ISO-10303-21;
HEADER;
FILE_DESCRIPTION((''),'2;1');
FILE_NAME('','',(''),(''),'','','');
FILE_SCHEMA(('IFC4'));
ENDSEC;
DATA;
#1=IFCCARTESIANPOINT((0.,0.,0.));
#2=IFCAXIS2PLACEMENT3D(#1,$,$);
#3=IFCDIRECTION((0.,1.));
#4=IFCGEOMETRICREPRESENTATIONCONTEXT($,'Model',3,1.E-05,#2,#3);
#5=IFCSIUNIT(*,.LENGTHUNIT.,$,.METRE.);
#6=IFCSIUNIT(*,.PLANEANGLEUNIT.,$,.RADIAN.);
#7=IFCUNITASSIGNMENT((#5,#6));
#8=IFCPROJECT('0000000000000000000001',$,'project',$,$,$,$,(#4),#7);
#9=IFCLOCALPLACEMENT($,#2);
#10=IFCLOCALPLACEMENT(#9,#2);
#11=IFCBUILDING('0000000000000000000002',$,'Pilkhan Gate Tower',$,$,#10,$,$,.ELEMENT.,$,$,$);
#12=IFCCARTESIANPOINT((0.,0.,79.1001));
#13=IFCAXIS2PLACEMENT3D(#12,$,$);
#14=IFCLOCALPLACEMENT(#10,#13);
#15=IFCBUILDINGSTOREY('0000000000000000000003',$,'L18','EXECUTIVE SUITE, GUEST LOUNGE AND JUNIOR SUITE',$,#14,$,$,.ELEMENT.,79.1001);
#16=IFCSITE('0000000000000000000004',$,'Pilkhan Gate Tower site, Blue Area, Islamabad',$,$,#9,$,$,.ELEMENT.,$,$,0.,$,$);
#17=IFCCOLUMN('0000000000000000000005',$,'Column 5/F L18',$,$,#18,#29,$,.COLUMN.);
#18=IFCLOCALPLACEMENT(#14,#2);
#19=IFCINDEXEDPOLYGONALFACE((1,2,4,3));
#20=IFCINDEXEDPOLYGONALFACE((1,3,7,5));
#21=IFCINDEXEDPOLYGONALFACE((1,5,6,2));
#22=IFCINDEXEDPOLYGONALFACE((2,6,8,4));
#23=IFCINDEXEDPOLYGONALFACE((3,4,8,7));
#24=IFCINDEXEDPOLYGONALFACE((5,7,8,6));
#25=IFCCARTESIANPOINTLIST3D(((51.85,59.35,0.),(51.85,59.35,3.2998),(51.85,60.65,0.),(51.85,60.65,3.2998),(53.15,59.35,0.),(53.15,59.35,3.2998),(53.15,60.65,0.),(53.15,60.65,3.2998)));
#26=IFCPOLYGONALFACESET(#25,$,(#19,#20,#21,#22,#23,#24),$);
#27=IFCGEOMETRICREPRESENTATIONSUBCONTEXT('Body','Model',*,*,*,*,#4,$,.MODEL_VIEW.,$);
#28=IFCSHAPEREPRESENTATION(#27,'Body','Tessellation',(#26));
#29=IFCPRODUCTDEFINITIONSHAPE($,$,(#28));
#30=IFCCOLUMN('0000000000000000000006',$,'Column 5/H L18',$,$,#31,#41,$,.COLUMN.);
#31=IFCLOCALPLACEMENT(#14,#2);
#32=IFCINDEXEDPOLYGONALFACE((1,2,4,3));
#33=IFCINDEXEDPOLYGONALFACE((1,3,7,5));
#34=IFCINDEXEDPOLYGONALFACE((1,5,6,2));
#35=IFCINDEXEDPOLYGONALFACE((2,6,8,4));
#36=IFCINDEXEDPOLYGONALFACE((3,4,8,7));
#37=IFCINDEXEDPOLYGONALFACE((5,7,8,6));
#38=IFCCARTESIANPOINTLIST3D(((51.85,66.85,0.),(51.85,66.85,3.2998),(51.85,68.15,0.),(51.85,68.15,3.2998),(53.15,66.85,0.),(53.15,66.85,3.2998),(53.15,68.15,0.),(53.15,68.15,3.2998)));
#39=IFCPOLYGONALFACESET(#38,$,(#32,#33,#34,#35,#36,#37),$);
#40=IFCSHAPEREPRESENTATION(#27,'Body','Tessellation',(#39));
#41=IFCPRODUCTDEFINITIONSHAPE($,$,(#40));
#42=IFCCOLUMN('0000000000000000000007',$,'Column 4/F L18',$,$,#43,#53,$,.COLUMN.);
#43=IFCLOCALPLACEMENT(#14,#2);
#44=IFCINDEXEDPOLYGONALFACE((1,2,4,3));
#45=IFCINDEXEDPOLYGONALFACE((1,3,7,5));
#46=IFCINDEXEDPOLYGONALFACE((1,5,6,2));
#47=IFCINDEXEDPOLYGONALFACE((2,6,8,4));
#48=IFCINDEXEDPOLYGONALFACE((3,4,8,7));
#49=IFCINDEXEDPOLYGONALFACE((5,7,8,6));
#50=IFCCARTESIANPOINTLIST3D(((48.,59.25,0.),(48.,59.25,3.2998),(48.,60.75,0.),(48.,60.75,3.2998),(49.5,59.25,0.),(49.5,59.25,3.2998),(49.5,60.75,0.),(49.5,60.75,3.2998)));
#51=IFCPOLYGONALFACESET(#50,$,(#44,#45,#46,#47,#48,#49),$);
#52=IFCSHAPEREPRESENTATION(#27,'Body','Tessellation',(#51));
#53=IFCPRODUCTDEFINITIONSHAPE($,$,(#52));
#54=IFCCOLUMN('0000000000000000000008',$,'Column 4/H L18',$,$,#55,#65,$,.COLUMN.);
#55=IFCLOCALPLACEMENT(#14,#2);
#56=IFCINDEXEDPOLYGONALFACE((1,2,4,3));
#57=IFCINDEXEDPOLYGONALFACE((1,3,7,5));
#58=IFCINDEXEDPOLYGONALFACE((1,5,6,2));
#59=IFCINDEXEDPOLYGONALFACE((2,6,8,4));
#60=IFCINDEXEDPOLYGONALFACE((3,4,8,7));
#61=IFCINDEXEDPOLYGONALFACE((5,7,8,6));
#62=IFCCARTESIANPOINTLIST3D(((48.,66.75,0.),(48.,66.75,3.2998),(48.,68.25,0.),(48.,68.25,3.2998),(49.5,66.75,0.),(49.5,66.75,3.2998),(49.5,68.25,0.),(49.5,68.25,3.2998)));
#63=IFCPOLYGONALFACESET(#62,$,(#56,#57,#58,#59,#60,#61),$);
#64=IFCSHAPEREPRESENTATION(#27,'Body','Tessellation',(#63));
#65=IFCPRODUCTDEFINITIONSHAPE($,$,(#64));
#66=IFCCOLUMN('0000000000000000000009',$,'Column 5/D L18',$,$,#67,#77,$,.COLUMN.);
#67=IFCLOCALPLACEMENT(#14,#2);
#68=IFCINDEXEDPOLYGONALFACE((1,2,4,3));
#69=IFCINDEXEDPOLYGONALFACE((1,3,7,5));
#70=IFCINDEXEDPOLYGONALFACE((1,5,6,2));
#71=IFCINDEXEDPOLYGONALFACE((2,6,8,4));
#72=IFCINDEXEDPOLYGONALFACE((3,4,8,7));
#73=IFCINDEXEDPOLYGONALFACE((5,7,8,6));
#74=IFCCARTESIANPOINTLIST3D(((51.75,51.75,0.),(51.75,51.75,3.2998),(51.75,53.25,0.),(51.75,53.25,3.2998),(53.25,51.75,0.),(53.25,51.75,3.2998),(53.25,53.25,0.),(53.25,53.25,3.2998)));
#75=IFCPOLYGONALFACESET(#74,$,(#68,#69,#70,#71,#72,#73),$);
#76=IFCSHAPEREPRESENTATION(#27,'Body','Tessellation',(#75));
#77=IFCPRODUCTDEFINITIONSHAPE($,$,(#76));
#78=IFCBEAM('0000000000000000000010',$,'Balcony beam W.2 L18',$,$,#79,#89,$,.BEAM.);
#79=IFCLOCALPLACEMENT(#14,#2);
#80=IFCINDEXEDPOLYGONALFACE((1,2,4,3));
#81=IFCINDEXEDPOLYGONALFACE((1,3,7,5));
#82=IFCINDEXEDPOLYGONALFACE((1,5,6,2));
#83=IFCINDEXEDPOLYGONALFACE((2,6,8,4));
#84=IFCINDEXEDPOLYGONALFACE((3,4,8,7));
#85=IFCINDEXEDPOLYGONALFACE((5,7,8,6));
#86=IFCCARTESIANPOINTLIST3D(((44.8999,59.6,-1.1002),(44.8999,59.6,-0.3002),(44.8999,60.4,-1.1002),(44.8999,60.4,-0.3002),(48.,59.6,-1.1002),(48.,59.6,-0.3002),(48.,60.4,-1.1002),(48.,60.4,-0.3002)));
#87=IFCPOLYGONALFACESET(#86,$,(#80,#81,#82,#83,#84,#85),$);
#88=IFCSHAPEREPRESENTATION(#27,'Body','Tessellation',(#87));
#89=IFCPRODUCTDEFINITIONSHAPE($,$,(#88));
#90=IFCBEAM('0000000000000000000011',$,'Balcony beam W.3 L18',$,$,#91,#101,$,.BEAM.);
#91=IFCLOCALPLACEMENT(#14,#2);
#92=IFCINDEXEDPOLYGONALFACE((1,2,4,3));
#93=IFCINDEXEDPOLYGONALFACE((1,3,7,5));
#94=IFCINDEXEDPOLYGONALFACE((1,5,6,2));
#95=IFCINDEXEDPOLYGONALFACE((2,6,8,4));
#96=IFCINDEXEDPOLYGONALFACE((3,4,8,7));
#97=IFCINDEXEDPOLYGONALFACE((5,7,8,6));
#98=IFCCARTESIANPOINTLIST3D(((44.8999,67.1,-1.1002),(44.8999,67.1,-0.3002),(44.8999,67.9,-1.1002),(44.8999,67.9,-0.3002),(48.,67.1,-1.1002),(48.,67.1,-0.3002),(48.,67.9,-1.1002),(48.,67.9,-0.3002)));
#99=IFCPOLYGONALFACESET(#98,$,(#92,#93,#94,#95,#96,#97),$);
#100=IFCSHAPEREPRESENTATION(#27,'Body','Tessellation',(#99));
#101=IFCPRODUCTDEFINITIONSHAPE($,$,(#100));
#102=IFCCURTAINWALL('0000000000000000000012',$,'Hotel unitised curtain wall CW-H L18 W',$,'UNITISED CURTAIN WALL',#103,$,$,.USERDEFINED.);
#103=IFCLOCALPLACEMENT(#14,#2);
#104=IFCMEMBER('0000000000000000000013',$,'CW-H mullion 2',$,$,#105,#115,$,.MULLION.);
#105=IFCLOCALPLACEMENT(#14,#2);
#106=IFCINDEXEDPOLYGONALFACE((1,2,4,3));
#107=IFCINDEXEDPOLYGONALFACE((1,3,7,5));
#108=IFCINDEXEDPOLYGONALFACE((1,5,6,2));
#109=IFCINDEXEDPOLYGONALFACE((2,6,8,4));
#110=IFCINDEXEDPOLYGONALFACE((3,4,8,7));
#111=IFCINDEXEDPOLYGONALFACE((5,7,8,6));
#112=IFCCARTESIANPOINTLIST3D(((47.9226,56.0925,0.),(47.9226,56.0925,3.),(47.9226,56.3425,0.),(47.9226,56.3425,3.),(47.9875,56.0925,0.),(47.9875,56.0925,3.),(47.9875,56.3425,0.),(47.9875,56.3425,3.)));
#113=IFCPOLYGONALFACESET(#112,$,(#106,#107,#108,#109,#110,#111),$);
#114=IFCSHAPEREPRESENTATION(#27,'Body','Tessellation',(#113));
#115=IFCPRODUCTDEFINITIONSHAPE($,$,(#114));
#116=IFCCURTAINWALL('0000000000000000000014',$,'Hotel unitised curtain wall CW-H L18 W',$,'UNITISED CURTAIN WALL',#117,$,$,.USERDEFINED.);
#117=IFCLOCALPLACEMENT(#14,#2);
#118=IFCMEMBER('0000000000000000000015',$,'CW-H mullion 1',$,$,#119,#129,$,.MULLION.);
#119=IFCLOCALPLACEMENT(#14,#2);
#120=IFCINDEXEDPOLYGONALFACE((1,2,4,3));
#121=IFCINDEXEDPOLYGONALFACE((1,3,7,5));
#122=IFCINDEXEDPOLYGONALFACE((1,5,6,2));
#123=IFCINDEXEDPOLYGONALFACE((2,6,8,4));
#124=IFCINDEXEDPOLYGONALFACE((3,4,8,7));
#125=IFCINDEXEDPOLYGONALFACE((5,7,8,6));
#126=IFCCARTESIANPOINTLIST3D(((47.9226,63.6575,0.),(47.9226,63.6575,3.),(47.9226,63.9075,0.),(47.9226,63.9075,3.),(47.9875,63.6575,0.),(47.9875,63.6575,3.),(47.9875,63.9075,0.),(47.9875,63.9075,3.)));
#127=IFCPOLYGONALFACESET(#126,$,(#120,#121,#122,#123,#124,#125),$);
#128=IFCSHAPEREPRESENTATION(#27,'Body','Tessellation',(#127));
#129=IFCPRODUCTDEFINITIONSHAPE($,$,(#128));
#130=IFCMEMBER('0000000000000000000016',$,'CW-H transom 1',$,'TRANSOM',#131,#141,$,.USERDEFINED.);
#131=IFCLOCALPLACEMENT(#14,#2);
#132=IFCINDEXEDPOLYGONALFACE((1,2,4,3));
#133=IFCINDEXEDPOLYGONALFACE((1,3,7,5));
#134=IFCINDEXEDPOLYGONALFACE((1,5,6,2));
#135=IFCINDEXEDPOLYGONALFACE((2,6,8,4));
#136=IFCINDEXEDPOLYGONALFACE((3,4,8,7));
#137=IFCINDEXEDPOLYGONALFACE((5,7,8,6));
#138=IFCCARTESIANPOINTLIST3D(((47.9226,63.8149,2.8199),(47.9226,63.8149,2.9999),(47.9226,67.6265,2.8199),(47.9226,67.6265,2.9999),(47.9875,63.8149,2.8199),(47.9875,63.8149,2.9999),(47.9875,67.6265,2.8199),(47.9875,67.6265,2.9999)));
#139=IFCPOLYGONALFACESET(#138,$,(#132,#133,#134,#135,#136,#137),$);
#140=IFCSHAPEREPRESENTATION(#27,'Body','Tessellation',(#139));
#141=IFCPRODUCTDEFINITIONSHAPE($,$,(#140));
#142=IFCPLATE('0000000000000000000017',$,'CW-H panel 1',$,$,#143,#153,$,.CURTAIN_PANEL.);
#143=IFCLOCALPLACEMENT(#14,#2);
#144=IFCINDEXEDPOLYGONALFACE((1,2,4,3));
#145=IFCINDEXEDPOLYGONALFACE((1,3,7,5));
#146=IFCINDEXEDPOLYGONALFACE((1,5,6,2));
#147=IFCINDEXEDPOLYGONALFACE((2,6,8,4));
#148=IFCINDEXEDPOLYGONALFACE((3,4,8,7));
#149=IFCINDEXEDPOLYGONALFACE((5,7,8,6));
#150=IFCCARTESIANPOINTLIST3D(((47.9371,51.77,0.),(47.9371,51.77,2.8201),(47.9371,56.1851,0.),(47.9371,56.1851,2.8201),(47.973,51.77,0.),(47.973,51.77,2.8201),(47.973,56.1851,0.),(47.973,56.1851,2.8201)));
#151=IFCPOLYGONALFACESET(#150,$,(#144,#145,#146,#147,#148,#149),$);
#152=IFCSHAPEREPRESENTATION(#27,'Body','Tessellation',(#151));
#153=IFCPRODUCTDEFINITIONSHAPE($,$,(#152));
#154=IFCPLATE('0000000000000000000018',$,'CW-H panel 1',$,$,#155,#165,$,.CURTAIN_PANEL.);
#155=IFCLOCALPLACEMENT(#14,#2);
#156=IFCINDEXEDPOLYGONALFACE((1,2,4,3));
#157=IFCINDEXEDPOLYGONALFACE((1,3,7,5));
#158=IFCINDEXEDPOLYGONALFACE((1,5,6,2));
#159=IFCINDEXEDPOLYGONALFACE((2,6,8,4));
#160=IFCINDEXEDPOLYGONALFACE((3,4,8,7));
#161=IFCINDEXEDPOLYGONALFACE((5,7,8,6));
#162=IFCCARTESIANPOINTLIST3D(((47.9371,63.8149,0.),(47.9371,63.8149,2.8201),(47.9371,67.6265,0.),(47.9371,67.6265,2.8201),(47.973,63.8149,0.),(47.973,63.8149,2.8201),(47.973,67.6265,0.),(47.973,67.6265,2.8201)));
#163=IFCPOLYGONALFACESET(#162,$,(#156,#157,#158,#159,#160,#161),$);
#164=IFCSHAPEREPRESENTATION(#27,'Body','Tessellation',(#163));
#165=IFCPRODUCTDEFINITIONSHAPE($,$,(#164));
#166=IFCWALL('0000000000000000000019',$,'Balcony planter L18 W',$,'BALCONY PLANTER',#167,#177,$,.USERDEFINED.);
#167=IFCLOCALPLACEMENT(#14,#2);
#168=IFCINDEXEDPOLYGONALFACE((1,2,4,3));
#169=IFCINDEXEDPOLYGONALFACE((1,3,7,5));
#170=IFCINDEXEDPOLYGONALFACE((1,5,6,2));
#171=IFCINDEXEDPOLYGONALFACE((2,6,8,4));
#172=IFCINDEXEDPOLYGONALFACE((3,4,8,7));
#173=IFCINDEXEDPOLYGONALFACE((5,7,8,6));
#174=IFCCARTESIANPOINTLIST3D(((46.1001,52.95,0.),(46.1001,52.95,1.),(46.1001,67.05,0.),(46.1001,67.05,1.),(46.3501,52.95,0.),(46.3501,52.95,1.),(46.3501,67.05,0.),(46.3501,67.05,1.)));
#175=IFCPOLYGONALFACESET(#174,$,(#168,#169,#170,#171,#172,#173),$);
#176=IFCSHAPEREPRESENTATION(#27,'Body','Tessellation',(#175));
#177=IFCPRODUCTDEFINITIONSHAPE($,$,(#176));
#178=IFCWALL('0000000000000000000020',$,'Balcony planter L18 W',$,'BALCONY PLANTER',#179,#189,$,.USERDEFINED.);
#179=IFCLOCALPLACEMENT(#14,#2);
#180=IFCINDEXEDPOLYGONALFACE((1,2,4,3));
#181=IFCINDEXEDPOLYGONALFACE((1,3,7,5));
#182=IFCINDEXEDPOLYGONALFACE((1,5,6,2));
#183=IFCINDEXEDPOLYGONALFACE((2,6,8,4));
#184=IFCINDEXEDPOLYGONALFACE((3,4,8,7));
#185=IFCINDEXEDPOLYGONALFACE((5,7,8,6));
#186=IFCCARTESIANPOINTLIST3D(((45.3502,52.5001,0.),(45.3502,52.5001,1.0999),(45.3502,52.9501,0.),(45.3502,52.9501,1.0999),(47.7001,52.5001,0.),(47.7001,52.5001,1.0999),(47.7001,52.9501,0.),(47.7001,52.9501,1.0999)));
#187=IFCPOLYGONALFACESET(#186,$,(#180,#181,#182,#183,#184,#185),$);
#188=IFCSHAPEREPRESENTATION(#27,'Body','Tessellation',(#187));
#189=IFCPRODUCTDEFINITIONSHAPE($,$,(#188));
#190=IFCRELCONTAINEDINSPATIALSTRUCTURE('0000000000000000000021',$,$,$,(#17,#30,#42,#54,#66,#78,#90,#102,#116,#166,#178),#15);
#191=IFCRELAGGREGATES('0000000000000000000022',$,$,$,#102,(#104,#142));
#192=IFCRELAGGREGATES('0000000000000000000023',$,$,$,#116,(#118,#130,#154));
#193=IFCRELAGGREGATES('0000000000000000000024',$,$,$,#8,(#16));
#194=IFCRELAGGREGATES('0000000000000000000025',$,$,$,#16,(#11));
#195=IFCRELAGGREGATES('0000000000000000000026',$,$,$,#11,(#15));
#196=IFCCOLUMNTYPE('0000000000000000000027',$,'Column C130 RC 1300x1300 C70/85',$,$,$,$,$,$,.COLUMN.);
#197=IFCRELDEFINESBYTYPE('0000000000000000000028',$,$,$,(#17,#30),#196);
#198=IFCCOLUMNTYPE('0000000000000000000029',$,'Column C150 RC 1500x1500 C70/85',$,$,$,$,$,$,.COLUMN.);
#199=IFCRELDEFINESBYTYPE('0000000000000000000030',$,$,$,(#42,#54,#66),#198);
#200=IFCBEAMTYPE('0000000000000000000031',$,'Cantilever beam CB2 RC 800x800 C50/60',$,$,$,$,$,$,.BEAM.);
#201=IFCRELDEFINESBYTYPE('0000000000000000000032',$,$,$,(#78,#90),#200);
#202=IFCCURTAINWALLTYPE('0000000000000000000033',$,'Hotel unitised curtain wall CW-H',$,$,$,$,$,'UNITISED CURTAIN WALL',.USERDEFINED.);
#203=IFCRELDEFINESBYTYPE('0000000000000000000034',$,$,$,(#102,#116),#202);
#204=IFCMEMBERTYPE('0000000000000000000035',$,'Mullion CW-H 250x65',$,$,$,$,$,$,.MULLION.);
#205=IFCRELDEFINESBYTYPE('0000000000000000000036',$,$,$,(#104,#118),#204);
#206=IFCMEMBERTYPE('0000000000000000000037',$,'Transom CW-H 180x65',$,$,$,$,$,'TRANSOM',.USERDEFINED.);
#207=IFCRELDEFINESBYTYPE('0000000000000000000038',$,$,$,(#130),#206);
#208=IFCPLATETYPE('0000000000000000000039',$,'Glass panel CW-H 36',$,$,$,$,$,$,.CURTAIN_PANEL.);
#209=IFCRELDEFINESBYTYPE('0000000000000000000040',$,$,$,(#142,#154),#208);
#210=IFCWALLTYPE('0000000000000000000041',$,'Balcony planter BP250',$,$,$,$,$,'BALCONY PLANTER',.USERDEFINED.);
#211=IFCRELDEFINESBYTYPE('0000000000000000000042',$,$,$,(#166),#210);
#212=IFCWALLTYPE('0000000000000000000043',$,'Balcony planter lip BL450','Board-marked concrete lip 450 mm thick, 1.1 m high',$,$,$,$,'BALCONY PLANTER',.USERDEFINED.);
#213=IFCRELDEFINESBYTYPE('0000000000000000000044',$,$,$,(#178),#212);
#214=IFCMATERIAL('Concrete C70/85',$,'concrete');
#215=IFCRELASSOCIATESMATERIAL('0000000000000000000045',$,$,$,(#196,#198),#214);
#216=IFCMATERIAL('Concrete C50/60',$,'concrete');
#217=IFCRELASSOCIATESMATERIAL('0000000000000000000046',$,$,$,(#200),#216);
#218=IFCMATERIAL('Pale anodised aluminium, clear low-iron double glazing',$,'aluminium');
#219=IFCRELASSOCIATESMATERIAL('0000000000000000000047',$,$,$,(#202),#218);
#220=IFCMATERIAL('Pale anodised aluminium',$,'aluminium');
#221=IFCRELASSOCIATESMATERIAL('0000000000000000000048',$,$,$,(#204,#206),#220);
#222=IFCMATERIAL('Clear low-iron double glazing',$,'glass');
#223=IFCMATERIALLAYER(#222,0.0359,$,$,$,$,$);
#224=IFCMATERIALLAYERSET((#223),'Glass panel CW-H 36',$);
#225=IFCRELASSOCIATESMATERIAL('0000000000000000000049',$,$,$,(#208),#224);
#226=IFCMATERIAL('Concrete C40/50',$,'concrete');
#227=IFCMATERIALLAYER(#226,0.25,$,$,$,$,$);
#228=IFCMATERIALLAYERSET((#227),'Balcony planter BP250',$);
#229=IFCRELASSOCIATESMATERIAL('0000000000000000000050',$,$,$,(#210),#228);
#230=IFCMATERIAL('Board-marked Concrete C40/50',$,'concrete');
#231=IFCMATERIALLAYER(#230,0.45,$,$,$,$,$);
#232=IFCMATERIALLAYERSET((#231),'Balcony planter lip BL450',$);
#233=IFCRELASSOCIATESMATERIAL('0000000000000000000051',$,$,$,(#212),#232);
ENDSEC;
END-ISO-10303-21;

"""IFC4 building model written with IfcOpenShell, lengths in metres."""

from ifc_helpers import new_model, si_unit, direction, frame, frame_2d, origin, origin_2d, place, context, subcontext, project, spatial, rectangle, extrude, material, layer, layer_set, material_profile, profile_set, type_object, element, aggregate, save


model = new_model("IFC4")

# Units and contexts
model_context = context("Model", 3, precision=1e-05, world=origin(), true_north=direction((0.0, 1.0)))
body_context = subcontext(model_context, "Body", "Model", "MODEL_VIEW")
ifc_project = project(units=[si_unit("LENGTHUNIT", "METRE"), si_unit("PLANEANGLEUNIT", "RADIAN")], contexts=[model_context])

# Site, building, storey
site_placement = place(None, origin())
site = spatial("IfcSite", under=ifc_project, at=site_placement, Name="Pilkhan Gate Tower site, Blue Area, Islamabad", CompositionType="ELEMENT", RefElevation=0.0)
building_placement = place(site_placement, origin())
building = spatial("IfcBuilding", under=site, at=building_placement, Name="Pilkhan Gate Tower", CompositionType="ELEMENT")
storey_placement = place(building_placement, frame((0.0, 0.0, 79.1001)))
storey = spatial("IfcBuildingStorey", under=building, at=storey_placement, Name="L18", Description="EXECUTIVE SUITE, GUEST LOUNGE AND JUNIOR SUITE", CompositionType="ELEMENT", Elevation=79.1001)

# Columns
ifc_material_1 = material(Name="Concrete C70/85", Category="concrete")
ifc_material_profile_1 = material_profile(ifc_material_1, rectangle(XDim=1.3, YDim=1.3, at=origin_2d()), Name="RC 1300x1300")
ifc_profile_set_1 = profile_set([ifc_material_profile_1], Name="Concrete C70/85")
column_type_1 = type_object("IfcColumnType", Name="Column C130 RC 1300x1300 C70/85", PredefinedType="COLUMN", material=ifc_profile_set_1)
for number, where, z_axis, x_axis, name in (
    (1, (52.5, 60.0, 0.0), (0.0, 0.0, 1.0), (1.0, 0.0, 0.0), "Column 5/F L18"),
    (2, (52.5, 67.5, 0.0), (0.0, 0.0, 1.0), (1.0, 0.0, 0.0), "Column 5/H L18"),
):
    element("IfcColumn", number, at=place(storey_placement, frame(where, z_axis=z_axis, x_axis=x_axis)), inside=storey, type_object=column_type_1, Name=name, PredefinedType="COLUMN", context=body_context, shape_type="SweptSolid", body=[
        extrude(rectangle(XDim=1.3, YDim=1.3, at=origin_2d()), origin(), (0.0, 0.0, 1.0), 3.2998),
    ])
ifc_material_profile_2 = material_profile(ifc_material_1, rectangle(XDim=1.5, YDim=1.5, at=origin_2d()), Name="RC 1500x1500")
ifc_profile_set_2 = profile_set([ifc_material_profile_2], Name="Concrete C70/85")
column_type_2 = type_object("IfcColumnType", Name="Column C150 RC 1500x1500 C70/85", PredefinedType="COLUMN", material=ifc_profile_set_2)
for number, where, z_axis, x_axis, name in (
    (3, (48.75, 60.0, 0.0), (0.0, 0.0, 1.0), (1.0, 0.0, 0.0), "Column 4/F L18"),
    (4, (48.75, 67.5, 0.0), (0.0, 0.0, 1.0), (1.0, 0.0, 0.0), "Column 4/H L18"),
    (5, (52.5, 52.5, 0.0), (0.0, 0.0, 1.0), (1.0, 0.0, 0.0), "Column 5/D L18"),
):
    element("IfcColumn", number, at=place(storey_placement, frame(where, z_axis=z_axis, x_axis=x_axis)), inside=storey, type_object=column_type_2, Name=name, PredefinedType="COLUMN", context=body_context, shape_type="SweptSolid", body=[
        extrude(rectangle(XDim=1.5, YDim=1.5, at=origin_2d()), origin(), (0.0, 0.0, 1.0), 3.2998),
    ])

# Beams
ifc_material_2 = material(Name="Concrete C50/60", Category="concrete")
ifc_material_profile_3 = material_profile(ifc_material_2, rectangle(XDim=0.8, YDim=0.8, at=origin_2d()), Name="RC 800x800")
ifc_profile_set_3 = profile_set([ifc_material_profile_3], Name="Concrete C50/60")
beam_type = type_object("IfcBeamType", Name="Cantilever beam CB2 RC 800x800 C50/60", PredefinedType="BEAM", material=ifc_profile_set_3)
for number, where, z_axis, x_axis, name in (
    (6, (48.0, 60.0, -0.7002), (-1.0, 0.0, 0.0), (0.0, -1.0, 0.0), "Balcony beam W.2 L18"),
    (7, (48.0, 67.5, -0.7002), (-1.0, 0.0, 0.0), (0.0, -1.0, 0.0), "Balcony beam W.3 L18"),
):
    element("IfcBeam", number, at=place(storey_placement, frame(where, z_axis=z_axis, x_axis=x_axis)), inside=storey, type_object=beam_type, Name=name, PredefinedType="BEAM", context=body_context, shape_type="SweptSolid", body=[
        extrude(rectangle(XDim=0.8, YDim=0.8, at=origin_2d()), origin(), (0.0, 0.0, 1.0), 3.1001),
    ])

# Curtain wall, member
ifc_material_3 = material(Name="Pale anodised aluminium, clear low-iron double glazing", Category="aluminium")
curtain_wall_type = type_object("IfcCurtainWallType", Name="Hotel unitised curtain wall CW-H", ElementType="UNITISED CURTAIN WALL", PredefinedType="USERDEFINED", material=ifc_material_3)
curtain_wall_1_placement = place(storey_placement, origin())
curtain_wall_1 = element("IfcCurtainWall", 8, at=curtain_wall_1_placement, inside=storey, type_object=curtain_wall_type, Name="Hotel unitised curtain wall CW-H L18 W", ObjectType="UNITISED CURTAIN WALL", PredefinedType="USERDEFINED")
ifc_material_4 = material(Name="Pale anodised aluminium", Category="aluminium")
ifc_material_profile_4 = material_profile(ifc_material_4, rectangle(XDim=0.0649, YDim=0.25, at=origin_2d()), Name="Mullion 250x65")
ifc_profile_set_4 = profile_set([ifc_material_profile_4], Name="Pale anodised aluminium")
member_type_1 = type_object("IfcMemberType", Name="Mullion CW-H 250x65", PredefinedType="MULLION", material=ifc_profile_set_4)
member_1_placement = place(storey_placement, frame((47.9551, 56.2175, 0.0), z_axis=(0.0, 0.0, 1.0), x_axis=(-1.0, 0.0, 0.0)))
member_1 = element("IfcMember", 9, at=member_1_placement, type_object=member_type_1, Name="CW-H mullion 2", PredefinedType="MULLION", context=body_context, shape_type="SweptSolid", body=[
    extrude(rectangle(XDim=0.0649, YDim=0.25, at=origin_2d()), origin(), (0.0, 0.0, 1.0), 3.0),
])

# Curtain wall, members
curtain_wall_2_placement = place(storey_placement, origin())
curtain_wall_2 = element("IfcCurtainWall", 10, at=curtain_wall_2_placement, inside=storey, type_object=curtain_wall_type, Name="Hotel unitised curtain wall CW-H L18 W", ObjectType="UNITISED CURTAIN WALL", PredefinedType="USERDEFINED")
member_2_placement = place(storey_placement, frame((47.9551, 63.7825, 0.0), z_axis=(0.0, 0.0, 1.0), x_axis=(-1.0, 0.0, 0.0)))
member_2 = element("IfcMember", 11, at=member_2_placement, type_object=member_type_1, Name="CW-H mullion 1", PredefinedType="MULLION", context=body_context, shape_type="SweptSolid", body=[
    extrude(rectangle(XDim=0.0649, YDim=0.25, at=origin_2d()), origin(), (0.0, 0.0, 1.0), 3.0),
])
ifc_material_profile_5 = material_profile(ifc_material_4, rectangle(XDim=0.0649, YDim=0.1799, at=origin_2d()), Name="Transom 180x65")
ifc_profile_set_5 = profile_set([ifc_material_profile_5], Name="Pale anodised aluminium")
member_type_2 = type_object("IfcMemberType", Name="Transom CW-H 180x65", ElementType="TRANSOM", PredefinedType="USERDEFINED", material=ifc_profile_set_5)
member_3_placement = place(storey_placement, frame((47.9551, 63.8149, 2.9099), z_axis=(0.0, 1.0, 0.0), x_axis=(-1.0, 0.0, 0.0)))
member_3 = element("IfcMember", 12, at=member_3_placement, type_object=member_type_2, Name="CW-H transom 1", ObjectType="TRANSOM", PredefinedType="USERDEFINED", context=body_context, shape_type="SweptSolid", body=[
    extrude(rectangle(XDim=0.0649, YDim=0.1799, at=origin_2d()), origin(), (0.0, 0.0, 1.0), 3.8115),
])

# Plates
ifc_material_5 = material(Name="Clear low-iron double glazing", Category="glass")
ifc_layer_1 = layer(ifc_material_5, 0.0359)
ifc_layer_set_1 = layer_set([ifc_layer_1], Name="Glass panel CW-H 36")
plate_type = type_object("IfcPlateType", Name="Glass panel CW-H 36", PredefinedType="CURTAIN_PANEL", material=ifc_layer_set_1)
plate_1_placement = place(storey_placement, frame((47.9551, 53.9775, 0.0), z_axis=(0.0, 0.0, 1.0), x_axis=(0.0, 1.0, 0.0)))
plate_1 = element("IfcPlate", 13, at=plate_1_placement, type_object=plate_type, Name="CW-H panel 1", PredefinedType="CURTAIN_PANEL", context=body_context, shape_type="SweptSolid", body=[
    extrude(rectangle(XDim=4.415, YDim=0.0359, at=origin_2d()), origin(), (0.0, 0.0, 1.0), 2.8201),
])
aggregate(curtain_wall_1, [member_1, plate_1])
plate_2_placement = place(storey_placement, frame((47.9551, 65.7207, 0.0), z_axis=(0.0, 0.0, 1.0), x_axis=(0.0, 1.0, 0.0)))
plate_2 = element("IfcPlate", 14, at=plate_2_placement, type_object=plate_type, Name="CW-H panel 1", PredefinedType="CURTAIN_PANEL", context=body_context, shape_type="SweptSolid", body=[
    extrude(rectangle(XDim=3.8115, YDim=0.0359, at=origin_2d()), origin(), (0.0, 0.0, 1.0), 2.8201),
])
aggregate(curtain_wall_2, [member_2, member_3, plate_2])

# Walls
ifc_material_6 = material(Name="Concrete C40/50", Category="concrete")
ifc_layer_2 = layer(ifc_material_6, 0.25)
ifc_layer_set_2 = layer_set([ifc_layer_2], Name="Balcony planter BP250")
wall_type_1 = type_object("IfcWallType", Name="Balcony planter BP250", ElementType="BALCONY PLANTER", PredefinedType="USERDEFINED", material=ifc_layer_set_2)
wall_1_placement = place(storey_placement, frame((46.2251, 52.95, 0.0), z_axis=(0.0, 0.0, 1.0), x_axis=(0.0, 1.0, 0.0)))
element("IfcWall", 15, at=wall_1_placement, inside=storey, type_object=wall_type_1, Name="Balcony planter L18 W", ObjectType="BALCONY PLANTER", PredefinedType="USERDEFINED", context=body_context, shape_type="SweptSolid", body=[
    extrude(rectangle(XDim=14.1001, YDim=0.25, at=frame_2d((7.05, 0.0))), origin(), (0.0, 0.0, 1.0), 1.0),
])
ifc_material_7 = material(Name="Board-marked Concrete C40/50", Category="concrete")
ifc_layer_3 = layer(ifc_material_7, 0.45)
ifc_layer_set_3 = layer_set([ifc_layer_3], Name="Balcony planter lip BL450")
wall_type_2 = type_object("IfcWallType", Name="Balcony planter lip BL450", Description="Board-marked concrete lip 450 mm thick, 1.1 m high", ElementType="BALCONY PLANTER", PredefinedType="USERDEFINED", material=ifc_layer_set_3)
for number, where, z_axis, x_axis, name in (
    (16, (47.7, 52.7251, 0.0), (0.0, 0.0, 1.0), (-1.0, 0.0, 0.0), "Balcony planter L18 W"),
):
    element("IfcWall", number, at=place(storey_placement, frame(where, z_axis=z_axis, x_axis=x_axis)), inside=storey, type_object=wall_type_2, Name=name, ObjectType="BALCONY PLANTER", PredefinedType="USERDEFINED", context=body_context, shape_type="SweptSolid", body=[
        extrude(rectangle(XDim=2.3499, YDim=0.45, at=frame_2d((1.1748, 0.0))), origin(), (0.0, 0.0, 1.0), 1.0999),
    ])

save(model, "model.ifc")
